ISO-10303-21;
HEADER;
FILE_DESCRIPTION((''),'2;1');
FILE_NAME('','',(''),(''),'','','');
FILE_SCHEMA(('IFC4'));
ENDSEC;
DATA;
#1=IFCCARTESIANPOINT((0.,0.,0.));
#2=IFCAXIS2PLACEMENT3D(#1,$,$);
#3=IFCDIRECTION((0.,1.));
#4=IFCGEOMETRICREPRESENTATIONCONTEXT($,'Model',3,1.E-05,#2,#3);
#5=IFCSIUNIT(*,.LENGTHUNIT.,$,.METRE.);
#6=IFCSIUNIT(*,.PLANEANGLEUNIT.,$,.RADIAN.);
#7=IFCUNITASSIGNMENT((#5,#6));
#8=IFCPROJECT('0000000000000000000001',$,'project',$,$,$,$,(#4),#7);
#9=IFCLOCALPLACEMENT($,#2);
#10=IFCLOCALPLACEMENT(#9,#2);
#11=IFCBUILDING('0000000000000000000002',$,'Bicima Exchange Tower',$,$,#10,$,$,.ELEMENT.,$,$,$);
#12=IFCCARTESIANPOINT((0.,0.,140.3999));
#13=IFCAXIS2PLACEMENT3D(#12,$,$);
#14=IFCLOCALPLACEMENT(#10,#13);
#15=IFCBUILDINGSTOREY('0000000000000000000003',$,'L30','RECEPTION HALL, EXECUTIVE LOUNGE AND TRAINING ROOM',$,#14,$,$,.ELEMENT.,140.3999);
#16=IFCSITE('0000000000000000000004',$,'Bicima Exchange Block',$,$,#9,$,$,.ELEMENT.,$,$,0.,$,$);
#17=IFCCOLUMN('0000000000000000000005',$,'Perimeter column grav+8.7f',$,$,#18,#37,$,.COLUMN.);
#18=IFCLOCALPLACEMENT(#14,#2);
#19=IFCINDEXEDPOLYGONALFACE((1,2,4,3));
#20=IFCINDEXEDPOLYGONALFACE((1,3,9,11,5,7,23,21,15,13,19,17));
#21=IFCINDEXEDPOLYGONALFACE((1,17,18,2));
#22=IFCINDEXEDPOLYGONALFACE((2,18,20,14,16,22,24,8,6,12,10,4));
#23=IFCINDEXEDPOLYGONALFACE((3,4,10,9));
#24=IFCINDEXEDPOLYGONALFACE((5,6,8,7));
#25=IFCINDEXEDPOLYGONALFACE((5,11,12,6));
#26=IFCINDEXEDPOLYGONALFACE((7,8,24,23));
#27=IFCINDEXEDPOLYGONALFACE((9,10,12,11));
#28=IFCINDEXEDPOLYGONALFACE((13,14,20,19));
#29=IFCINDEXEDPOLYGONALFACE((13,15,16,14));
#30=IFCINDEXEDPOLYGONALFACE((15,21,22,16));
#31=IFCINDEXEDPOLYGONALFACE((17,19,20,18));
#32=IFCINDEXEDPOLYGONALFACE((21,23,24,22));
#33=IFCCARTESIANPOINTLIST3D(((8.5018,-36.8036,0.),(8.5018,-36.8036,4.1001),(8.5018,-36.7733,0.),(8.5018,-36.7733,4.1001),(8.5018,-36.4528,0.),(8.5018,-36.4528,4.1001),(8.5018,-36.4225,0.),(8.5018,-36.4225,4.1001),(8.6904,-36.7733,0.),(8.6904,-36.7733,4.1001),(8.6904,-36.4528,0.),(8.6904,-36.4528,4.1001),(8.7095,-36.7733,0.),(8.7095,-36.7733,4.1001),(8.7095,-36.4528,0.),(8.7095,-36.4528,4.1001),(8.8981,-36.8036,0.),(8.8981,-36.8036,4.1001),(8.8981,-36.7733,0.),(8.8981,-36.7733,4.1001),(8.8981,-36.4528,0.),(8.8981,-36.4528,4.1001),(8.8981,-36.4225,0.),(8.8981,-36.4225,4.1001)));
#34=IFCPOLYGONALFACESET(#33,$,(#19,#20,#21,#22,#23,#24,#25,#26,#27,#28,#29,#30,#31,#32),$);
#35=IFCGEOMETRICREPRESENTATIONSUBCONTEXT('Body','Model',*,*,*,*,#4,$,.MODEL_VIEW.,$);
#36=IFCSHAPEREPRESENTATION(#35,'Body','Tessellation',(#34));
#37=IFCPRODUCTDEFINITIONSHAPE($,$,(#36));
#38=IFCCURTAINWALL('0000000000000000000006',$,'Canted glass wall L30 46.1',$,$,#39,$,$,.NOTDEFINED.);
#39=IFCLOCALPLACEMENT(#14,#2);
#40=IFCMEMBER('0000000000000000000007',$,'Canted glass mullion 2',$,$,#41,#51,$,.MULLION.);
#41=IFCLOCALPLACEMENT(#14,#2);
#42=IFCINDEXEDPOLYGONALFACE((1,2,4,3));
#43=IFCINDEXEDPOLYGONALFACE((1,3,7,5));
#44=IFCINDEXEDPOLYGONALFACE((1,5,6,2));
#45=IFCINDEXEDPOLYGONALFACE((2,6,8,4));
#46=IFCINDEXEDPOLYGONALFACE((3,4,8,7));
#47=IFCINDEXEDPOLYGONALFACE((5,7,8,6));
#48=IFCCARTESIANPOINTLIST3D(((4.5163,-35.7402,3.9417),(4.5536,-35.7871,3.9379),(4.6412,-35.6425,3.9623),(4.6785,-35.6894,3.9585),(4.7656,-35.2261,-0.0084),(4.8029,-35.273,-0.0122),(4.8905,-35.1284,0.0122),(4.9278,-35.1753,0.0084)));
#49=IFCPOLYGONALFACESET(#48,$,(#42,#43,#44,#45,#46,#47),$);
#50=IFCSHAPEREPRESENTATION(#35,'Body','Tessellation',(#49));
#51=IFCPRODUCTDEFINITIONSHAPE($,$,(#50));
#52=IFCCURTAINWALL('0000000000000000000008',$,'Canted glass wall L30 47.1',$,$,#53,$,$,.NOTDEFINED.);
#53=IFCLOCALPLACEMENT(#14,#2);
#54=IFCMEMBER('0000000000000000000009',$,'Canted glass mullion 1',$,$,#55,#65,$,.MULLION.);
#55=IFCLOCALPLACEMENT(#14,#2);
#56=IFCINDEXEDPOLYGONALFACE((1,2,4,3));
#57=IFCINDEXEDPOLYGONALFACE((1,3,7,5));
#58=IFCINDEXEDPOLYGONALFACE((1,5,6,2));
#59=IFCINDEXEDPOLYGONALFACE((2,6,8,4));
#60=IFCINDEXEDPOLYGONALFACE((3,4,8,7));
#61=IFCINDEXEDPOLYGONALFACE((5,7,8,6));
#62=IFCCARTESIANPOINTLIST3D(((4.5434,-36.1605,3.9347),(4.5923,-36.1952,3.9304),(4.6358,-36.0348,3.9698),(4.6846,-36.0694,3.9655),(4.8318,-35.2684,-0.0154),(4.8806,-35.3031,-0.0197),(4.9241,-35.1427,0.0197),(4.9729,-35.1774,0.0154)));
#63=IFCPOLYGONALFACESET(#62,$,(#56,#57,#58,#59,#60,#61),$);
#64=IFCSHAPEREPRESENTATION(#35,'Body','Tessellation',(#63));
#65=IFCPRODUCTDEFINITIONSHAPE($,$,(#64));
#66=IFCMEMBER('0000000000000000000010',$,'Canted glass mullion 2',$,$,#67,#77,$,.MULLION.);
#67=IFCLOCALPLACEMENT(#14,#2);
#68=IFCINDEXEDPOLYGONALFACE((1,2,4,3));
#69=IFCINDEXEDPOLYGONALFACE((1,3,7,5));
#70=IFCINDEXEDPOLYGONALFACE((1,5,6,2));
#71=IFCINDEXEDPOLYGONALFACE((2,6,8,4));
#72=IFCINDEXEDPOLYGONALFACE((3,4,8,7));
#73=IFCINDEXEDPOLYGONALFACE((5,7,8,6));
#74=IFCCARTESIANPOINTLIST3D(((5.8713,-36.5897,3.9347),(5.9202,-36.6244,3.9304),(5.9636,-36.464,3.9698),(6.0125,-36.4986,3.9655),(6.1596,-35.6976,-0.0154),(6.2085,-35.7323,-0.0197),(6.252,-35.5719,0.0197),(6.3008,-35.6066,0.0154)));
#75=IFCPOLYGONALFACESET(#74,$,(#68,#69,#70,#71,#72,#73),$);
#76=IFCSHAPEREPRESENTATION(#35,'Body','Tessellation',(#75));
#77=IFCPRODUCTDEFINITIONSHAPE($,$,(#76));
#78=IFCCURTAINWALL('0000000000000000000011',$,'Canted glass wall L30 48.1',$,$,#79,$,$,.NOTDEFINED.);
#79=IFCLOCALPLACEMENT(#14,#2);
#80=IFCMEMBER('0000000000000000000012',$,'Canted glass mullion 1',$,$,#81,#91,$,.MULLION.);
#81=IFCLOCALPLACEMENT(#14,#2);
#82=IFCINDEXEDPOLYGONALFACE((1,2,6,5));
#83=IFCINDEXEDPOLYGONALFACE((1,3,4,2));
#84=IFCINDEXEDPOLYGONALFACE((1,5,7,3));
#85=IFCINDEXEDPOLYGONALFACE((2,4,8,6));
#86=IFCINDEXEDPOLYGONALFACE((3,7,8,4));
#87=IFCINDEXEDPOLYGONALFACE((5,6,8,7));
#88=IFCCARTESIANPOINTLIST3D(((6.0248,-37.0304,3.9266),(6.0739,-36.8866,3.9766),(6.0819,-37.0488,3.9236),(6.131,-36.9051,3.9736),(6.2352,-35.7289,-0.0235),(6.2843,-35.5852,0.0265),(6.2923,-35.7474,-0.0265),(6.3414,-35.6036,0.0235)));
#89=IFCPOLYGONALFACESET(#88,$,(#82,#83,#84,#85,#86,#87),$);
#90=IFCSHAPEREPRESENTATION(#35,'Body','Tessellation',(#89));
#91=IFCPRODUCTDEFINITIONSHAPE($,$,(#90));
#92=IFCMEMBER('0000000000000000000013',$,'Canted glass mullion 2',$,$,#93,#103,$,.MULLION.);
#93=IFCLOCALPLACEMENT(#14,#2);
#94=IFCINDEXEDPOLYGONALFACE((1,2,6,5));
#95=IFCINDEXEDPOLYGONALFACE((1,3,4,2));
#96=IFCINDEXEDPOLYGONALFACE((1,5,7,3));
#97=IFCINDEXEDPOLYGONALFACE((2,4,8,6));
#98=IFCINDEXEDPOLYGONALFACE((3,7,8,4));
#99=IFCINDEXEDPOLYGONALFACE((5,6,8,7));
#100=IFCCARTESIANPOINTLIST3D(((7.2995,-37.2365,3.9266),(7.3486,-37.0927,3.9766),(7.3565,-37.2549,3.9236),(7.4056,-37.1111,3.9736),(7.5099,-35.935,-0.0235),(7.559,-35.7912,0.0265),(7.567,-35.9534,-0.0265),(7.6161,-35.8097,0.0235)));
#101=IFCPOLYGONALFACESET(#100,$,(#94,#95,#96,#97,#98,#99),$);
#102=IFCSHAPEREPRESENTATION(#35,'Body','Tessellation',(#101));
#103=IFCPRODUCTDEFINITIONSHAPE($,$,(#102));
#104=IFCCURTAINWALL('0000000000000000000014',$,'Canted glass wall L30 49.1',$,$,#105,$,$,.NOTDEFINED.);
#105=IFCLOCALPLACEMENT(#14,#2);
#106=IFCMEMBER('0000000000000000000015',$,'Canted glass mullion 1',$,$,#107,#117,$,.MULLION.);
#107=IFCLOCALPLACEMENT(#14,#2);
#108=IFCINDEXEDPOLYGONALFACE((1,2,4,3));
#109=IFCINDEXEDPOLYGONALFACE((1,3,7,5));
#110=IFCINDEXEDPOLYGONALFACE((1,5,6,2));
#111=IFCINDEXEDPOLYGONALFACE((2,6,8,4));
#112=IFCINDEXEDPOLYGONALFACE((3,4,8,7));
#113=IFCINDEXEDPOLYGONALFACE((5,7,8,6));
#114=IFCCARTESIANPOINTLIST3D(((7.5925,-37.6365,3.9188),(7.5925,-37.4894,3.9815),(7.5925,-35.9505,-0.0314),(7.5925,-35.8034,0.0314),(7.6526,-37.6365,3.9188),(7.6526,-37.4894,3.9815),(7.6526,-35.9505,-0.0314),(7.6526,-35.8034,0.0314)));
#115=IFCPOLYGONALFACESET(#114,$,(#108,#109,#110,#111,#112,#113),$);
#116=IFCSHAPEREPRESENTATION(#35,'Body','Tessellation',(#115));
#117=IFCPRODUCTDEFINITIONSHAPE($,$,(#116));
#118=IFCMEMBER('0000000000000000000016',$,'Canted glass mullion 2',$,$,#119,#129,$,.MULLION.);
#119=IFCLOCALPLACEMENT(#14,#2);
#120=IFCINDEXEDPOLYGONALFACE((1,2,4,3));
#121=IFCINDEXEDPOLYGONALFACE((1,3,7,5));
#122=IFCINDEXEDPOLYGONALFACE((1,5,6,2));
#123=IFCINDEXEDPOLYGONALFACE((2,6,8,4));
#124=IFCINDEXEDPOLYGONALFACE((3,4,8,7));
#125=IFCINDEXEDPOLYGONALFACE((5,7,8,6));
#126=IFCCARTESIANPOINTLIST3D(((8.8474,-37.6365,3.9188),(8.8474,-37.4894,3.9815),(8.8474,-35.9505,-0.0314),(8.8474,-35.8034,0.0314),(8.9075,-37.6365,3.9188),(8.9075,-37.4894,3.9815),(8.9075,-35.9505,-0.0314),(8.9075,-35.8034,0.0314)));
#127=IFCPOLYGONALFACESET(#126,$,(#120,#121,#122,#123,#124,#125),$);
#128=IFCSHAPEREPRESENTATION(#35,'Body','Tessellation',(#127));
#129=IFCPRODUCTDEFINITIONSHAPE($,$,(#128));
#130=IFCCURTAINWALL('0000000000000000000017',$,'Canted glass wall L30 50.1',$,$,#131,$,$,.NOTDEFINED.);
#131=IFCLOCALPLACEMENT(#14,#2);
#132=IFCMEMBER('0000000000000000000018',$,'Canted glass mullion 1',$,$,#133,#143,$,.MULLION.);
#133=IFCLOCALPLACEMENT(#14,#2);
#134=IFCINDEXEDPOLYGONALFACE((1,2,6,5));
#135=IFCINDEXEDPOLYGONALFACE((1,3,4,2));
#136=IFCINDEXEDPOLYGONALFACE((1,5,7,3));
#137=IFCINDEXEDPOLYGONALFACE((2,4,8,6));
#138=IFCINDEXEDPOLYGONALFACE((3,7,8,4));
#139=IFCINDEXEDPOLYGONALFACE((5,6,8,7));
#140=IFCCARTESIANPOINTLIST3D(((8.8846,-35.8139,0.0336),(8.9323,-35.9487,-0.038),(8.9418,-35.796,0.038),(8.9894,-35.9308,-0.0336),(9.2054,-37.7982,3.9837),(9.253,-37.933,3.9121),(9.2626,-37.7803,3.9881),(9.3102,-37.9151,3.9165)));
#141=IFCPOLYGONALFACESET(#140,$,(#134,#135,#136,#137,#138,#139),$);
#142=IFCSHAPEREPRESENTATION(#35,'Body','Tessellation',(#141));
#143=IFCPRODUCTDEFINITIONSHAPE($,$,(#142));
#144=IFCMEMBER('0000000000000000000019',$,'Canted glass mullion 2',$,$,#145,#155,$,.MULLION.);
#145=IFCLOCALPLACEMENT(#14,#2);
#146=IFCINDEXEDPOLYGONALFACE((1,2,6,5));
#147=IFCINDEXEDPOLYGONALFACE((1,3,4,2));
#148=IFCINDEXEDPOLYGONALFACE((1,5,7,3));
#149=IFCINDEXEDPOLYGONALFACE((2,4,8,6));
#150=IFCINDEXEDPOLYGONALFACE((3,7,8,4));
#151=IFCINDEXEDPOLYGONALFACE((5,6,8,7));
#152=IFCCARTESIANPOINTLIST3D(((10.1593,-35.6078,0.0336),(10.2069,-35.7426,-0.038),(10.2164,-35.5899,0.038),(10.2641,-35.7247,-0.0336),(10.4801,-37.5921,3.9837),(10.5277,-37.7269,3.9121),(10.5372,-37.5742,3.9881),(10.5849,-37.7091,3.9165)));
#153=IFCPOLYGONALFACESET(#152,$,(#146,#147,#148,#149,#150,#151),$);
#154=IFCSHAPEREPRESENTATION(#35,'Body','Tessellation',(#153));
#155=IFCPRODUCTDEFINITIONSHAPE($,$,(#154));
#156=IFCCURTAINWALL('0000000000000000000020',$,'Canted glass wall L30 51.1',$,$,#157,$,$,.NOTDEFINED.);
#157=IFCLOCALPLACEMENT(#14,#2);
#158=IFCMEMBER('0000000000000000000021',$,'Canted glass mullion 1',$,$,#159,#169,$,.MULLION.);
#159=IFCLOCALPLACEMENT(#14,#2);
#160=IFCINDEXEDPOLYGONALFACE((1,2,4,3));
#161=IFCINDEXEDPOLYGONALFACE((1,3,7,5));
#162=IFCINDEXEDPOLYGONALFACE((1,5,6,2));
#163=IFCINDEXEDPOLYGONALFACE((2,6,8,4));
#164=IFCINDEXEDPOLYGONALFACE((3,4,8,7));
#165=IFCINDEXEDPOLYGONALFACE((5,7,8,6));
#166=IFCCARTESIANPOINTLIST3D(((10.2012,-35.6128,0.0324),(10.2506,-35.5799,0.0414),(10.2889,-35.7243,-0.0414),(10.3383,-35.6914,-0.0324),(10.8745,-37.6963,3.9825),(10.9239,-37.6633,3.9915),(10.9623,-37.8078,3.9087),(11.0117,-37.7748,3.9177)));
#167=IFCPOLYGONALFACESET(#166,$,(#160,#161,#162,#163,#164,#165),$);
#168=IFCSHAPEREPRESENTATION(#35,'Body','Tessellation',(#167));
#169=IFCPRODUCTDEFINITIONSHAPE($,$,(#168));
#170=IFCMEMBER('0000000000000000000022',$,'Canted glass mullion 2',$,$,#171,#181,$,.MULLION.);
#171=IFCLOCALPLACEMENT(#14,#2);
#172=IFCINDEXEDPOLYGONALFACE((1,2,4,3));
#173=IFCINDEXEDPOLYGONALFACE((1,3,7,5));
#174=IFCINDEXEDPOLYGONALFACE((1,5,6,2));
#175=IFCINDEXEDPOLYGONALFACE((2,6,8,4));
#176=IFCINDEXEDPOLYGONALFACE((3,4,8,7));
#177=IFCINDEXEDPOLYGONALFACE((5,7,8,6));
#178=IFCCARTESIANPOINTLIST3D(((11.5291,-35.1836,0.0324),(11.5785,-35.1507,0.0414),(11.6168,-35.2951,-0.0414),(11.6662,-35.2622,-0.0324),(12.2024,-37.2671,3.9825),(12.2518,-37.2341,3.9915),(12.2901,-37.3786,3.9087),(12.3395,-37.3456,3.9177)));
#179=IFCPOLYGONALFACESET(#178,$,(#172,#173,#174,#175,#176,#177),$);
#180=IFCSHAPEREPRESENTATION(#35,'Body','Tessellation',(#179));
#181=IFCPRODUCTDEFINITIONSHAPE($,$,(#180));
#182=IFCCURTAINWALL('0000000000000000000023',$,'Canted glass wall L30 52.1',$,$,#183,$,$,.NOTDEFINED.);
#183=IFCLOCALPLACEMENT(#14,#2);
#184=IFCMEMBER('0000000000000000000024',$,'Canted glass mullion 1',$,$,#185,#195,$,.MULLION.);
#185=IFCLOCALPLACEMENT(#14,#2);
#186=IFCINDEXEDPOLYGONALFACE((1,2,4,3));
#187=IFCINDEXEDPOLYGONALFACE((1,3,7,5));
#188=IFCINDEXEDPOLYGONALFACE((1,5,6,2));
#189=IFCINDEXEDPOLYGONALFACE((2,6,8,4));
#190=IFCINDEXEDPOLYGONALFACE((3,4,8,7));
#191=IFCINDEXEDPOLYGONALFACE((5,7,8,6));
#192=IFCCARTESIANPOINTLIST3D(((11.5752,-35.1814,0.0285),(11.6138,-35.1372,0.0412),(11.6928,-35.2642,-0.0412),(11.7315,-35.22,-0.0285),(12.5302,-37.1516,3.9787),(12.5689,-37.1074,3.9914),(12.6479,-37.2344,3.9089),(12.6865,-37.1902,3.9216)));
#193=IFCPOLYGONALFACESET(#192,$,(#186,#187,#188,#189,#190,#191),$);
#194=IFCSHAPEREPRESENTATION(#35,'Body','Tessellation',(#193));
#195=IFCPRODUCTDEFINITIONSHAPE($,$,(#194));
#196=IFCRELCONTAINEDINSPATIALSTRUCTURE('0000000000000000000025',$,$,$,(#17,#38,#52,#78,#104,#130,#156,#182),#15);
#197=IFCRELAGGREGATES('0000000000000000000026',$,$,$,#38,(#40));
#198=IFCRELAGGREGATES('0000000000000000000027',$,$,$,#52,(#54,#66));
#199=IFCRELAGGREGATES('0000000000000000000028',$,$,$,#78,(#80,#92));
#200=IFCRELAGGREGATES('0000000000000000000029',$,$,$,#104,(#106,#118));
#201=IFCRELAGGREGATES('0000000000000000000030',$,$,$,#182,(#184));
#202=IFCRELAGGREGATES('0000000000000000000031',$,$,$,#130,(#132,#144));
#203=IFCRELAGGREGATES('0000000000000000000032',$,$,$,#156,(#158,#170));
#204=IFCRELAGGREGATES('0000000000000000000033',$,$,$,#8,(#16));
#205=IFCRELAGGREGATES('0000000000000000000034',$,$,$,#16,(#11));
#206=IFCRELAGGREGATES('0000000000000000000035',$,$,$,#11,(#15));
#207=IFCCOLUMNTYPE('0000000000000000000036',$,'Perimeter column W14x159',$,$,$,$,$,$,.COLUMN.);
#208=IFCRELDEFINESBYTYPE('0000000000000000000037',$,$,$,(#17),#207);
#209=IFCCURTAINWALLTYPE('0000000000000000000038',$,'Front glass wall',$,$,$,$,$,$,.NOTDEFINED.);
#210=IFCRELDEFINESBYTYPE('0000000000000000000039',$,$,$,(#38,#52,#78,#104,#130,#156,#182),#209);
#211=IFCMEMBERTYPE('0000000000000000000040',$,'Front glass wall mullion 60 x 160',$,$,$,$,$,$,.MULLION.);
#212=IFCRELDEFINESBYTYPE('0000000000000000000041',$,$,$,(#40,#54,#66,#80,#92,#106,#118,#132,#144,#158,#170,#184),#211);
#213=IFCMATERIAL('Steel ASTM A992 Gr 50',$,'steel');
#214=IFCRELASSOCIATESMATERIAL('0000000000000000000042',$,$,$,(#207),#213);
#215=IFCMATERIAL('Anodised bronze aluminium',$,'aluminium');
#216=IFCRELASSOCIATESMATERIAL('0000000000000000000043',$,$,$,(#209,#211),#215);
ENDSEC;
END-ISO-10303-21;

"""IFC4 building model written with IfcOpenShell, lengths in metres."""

from ifc_helpers import new_model, si_unit, direction, frame, origin, origin_2d, place, context, subcontext, project, spatial, rectangle, i_section, extrude, material, material_profile, profile_set, type_object, element, aggregate, save


model = new_model("IFC4")

# Units and contexts
model_context = context("Model", 3, precision=1e-05, world=origin(), true_north=direction((0.0, 1.0)))
body_context = subcontext(model_context, "Body", "Model", "MODEL_VIEW")
ifc_project = project(units=[si_unit("LENGTHUNIT", "METRE"), si_unit("PLANEANGLEUNIT", "RADIAN")], contexts=[model_context])

# Site, building, storey
site_placement = place(None, origin())
site = spatial("IfcSite", under=ifc_project, at=site_placement, Name="Bicima Exchange Block", CompositionType="ELEMENT", RefElevation=0.0)
building_placement = place(site_placement, origin())
building = spatial("IfcBuilding", under=site, at=building_placement, Name="Bicima Exchange Tower", CompositionType="ELEMENT")
storey_placement = place(building_placement, frame((0.0, 0.0, 140.3999)))
storey = spatial("IfcBuildingStorey", under=building, at=storey_placement, Name="L30", Description="RECEPTION HALL, EXECUTIVE LOUNGE AND TRAINING ROOM", CompositionType="ELEMENT", Elevation=140.3999)

# Column
ifc_material_1 = material(Name="Steel ASTM A992 Gr 50", Category="steel")
ifc_material_profile_1 = material_profile(ifc_material_1, i_section(OverallWidth=0.3962, OverallDepth=0.3811, WebThickness=0.019, FlangeThickness=0.0303, at=origin_2d()))
ifc_profile_set_1 = profile_set([ifc_material_profile_1], Name="Steel ASTM A992 Gr 50")
column_type = type_object("IfcColumnType", Name="Perimeter column W14x159", PredefinedType="COLUMN", material=ifc_profile_set_1)
column_placement = place(storey_placement, frame((8.7, -36.613, 0.0), z_axis=(0.0, 0.0, 1.0), x_axis=(1.0, 0.0, 0.0)))
element("IfcColumn", 1, at=column_placement, inside=storey, type_object=column_type, Name="Perimeter column grav+8.7f", PredefinedType="COLUMN", context=body_context, shape_type="SweptSolid", body=[
    extrude(i_section(OverallWidth=0.3962, OverallDepth=0.3811, WebThickness=0.019, FlangeThickness=0.0303, at=origin_2d()), origin(), (0.0, 0.0, 1.0), 4.1001),
])

# Curtain wall, member
ifc_material_2 = material(Name="Anodised bronze aluminium", Category="aluminium")
curtain_wall_type = type_object("IfcCurtainWallType", Name="Front glass wall", PredefinedType="NOTDEFINED", material=ifc_material_2)
curtain_wall_1_placement = place(storey_placement, origin())
curtain_wall_1 = element("IfcCurtainWall", 2, at=curtain_wall_1_placement, inside=storey, type_object=curtain_wall_type, Name="Canted glass wall L30 46.1", PredefinedType="NOTDEFINED")
ifc_material_profile_2 = material_profile(ifc_material_2, rectangle(XDim=0.1599, YDim=0.0601, at=origin_2d()))
ifc_profile_set_2 = profile_set([ifc_material_profile_2], Name="Anodised bronze aluminium")
member_type_1 = type_object("IfcMemberType", Name="Front glass wall mullion 60 x 160", PredefinedType="MULLION", material=ifc_profile_set_2)
member_1_placement = place(storey_placement, frame((4.8467, -35.2007, 0.0), z_axis=(-0.062453, -0.12882, 0.989699), x_axis=(0.781052, 0.611035, 0.128819)))
member_1 = element("IfcMember", 3, at=member_1_placement, type_object=member_type_1, Name="Canted glass mullion 2", PredefinedType="MULLION", context=body_context, shape_type="SweptSolid", body=[
    extrude(rectangle(XDim=0.1599, YDim=0.0601, at=origin_2d()), origin(), (0.0, 0.0, 1.0), 3.9912),
])
aggregate(curtain_wall_1, [member_1])

# Curtain walls, members
curtain_wall_2_placement = place(storey_placement, origin())
curtain_wall_2 = element("IfcCurtainWall", 4, at=curtain_wall_2_placement, inside=storey, type_object=curtain_wall_type, Name="Canted glass wall L30 47.1", PredefinedType="NOTDEFINED")
member_2_placement = place(storey_placement, frame((4.9023, -35.2229, 0.0), z_axis=(-0.071019, -0.219731, 0.972972), x_axis=(0.577403, 0.786337, 0.219727)))
member_2 = element("IfcMember", 5, at=member_2_placement, type_object=member_type_1, Name="Canted glass mullion 1", PredefinedType="MULLION", context=body_context, shape_type="SweptSolid", body=[
    extrude(rectangle(XDim=0.1599, YDim=0.0601, at=origin_2d()), origin(), (0.0, 0.0, 1.0), 4.0598),
])
member_3_placement = place(storey_placement, frame((6.2302, -35.6521, 0.0), z_axis=(-0.071019, -0.219731, 0.972972), x_axis=(0.577403, 0.786337, 0.219727)))
member_3 = element("IfcMember", 6, at=member_3_placement, type_object=member_type_1, Name="Canted glass mullion 2", PredefinedType="MULLION", context=body_context, shape_type="SweptSolid", body=[
    extrude(rectangle(XDim=0.1599, YDim=0.0601, at=origin_2d()), origin(), (0.0, 0.0, 1.0), 4.0598),
])
curtain_wall_3_placement = place(storey_placement, origin())
curtain_wall_3 = element("IfcCurtainWall", 7, at=curtain_wall_3_placement, inside=storey, type_object=curtain_wall_type, Name="Canted glass wall L30 48.1", PredefinedType="NOTDEFINED")
member_4_placement = place(storey_placement, frame((6.2883, -35.6663, 0.0), z_axis=(-0.050535, -0.312533, 0.948562), x_axis=(0.306995, 0.89893, 0.312536)))
member_4 = element("IfcMember", 8, at=member_4_placement, type_object=member_type_1, Name="Canted glass mullion 1", PredefinedType="MULLION", context=body_context, shape_type="SweptSolid", body=[
    extrude(rectangle(XDim=0.1599, YDim=0.0601, at=origin_2d()), origin(), (0.0, 0.0, 1.0), 4.1643),
])
member_5_placement = place(storey_placement, frame((7.563, -35.8723, 0.0), z_axis=(-0.050535, -0.312533, 0.948562), x_axis=(0.306995, 0.89893, 0.312536)))
member_5 = element("IfcMember", 9, at=member_5_placement, type_object=member_type_1, Name="Canted glass mullion 2", PredefinedType="MULLION", context=body_context, shape_type="SweptSolid", body=[
    extrude(rectangle(XDim=0.1599, YDim=0.0601, at=origin_2d()), origin(), (0.0, 0.0, 1.0), 4.1643),
])
curtain_wall_4_placement = place(storey_placement, origin())
curtain_wall_4 = element("IfcCurtainWall", 10, at=curtain_wall_4_placement, inside=storey, type_object=curtain_wall_type, Name="Canted glass wall L30 49.1", PredefinedType="NOTDEFINED")
member_6_placement = place(storey_placement, frame((7.6226, -35.877, 0.0), z_axis=(0.0, -0.392561, 0.919726), x_axis=(0.0, 0.919726, 0.392561)))
member_6 = element("IfcMember", 11, at=member_6_placement, type_object=member_type_1, Name="Canted glass mullion 1", PredefinedType="MULLION", context=body_context, shape_type="SweptSolid", body=[
    extrude(rectangle(XDim=0.1599, YDim=0.0601, at=origin_2d()), origin(), (0.0, 0.0, 1.0), 4.2949),
])
member_7_placement = place(storey_placement, frame((8.8774, -35.877, 0.0), z_axis=(0.0, -0.392561, 0.919726), x_axis=(0.0, 0.919726, 0.392561)))
member_7 = element("IfcMember", 12, at=member_7_placement, type_object=member_type_1, Name="Canted glass mullion 2", PredefinedType="MULLION", context=body_context, shape_type="SweptSolid", body=[
    extrude(rectangle(XDim=0.1599, YDim=0.0601, at=origin_2d()), origin(), (0.0, 0.0, 1.0), 4.2949),
])
curtain_wall_5_placement = place(storey_placement, origin())
curtain_wall_5 = element("IfcCurtainWall", 13, at=curtain_wall_5_placement, inside=storey, type_object=curtain_wall_type, Name="Canted glass wall L30 50.1", PredefinedType="NOTDEFINED")
member_8_placement = place(storey_placement, frame((8.937, -35.8723, 0.0), z_axis=(0.072379, -0.447714, 0.891242), x_axis=(-0.297936, 0.84308, 0.447716)))
member_8 = element("IfcMember", 14, at=member_8_placement, type_object=member_type_1, Name="Canted glass mullion 1", PredefinedType="MULLION", context=body_context, shape_type="SweptSolid", body=[
    extrude(rectangle(XDim=0.1599, YDim=0.0601, at=origin_2d()), origin(), (0.0, 0.0, 1.0), 4.4321),
])
member_9_placement = place(storey_placement, frame((10.2117, -35.6663, 0.0), z_axis=(0.072379, -0.447714, 0.891242), x_axis=(-0.297936, 0.84308, 0.447716)))
member_9 = element("IfcMember", 15, at=member_9_placement, type_object=member_type_1, Name="Canted glass mullion 2", PredefinedType="MULLION", context=body_context, shape_type="SweptSolid", body=[
    extrude(rectangle(XDim=0.1599, YDim=0.0601, at=origin_2d()), origin(), (0.0, 0.0, 1.0), 4.4321),
])
curtain_wall_6_placement = place(storey_placement, origin())
curtain_wall_6 = element("IfcCurtainWall", 16, at=curtain_wall_6_placement, inside=storey, type_object=curtain_wall_type, Name="Canted glass wall L30 51.1", PredefinedType="NOTDEFINED")
member_10_placement = place(storey_placement, frame((10.2698, -35.6521, 0.0), z_axis=(0.149086, -0.461312, 0.874623), x_axis=(-0.548603, 0.697306, 0.461301)))
member_10 = element("IfcMember", 17, at=member_10_placement, type_object=member_type_1, Name="Canted glass mullion 1", PredefinedType="MULLION", context=body_context, shape_type="SweptSolid", body=[
    extrude(rectangle(XDim=0.1599, YDim=0.0601, at=origin_2d()), origin(), (0.0, 0.0, 1.0), 4.5164),
])
member_11_placement = place(storey_placement, frame((11.5977, -35.2229, 0.0), z_axis=(0.149086, -0.461312, 0.874623), x_axis=(-0.548603, 0.697306, 0.461301)))
member_11 = element("IfcMember", 18, at=member_11_placement, type_object=member_type_1, Name="Canted glass mullion 2", PredefinedType="MULLION", context=body_context, shape_type="SweptSolid", body=[
    extrude(rectangle(XDim=0.1599, YDim=0.0601, at=origin_2d()), origin(), (0.0, 0.0, 1.0), 4.5164),
])

# Curtain wall, member
curtain_wall_7_placement = place(storey_placement, origin())
curtain_wall_7 = element("IfcCurtainWall", 19, at=curtain_wall_7_placement, inside=storey, type_object=curtain_wall_type, Name="Canted glass wall L30 52.1", PredefinedType="NOTDEFINED")
member_12_placement = place(storey_placement, frame((11.6533, -35.2007, 0.0), z_axis=(0.211468, -0.436235, 0.874632), x_axis=(-0.735863, 0.517894, 0.436224)))
member_12 = element("IfcMember", 20, at=member_12_placement, type_object=member_type_1, Name="Canted glass mullion 1", PredefinedType="MULLION", context=body_context, shape_type="SweptSolid", body=[
    extrude(rectangle(XDim=0.1599, YDim=0.0601, at=origin_2d()), origin(), (0.0, 0.0, 1.0), 4.5164),
])

aggregate(curtain_wall_2, [member_2, member_3])
aggregate(curtain_wall_3, [member_4, member_5])
aggregate(curtain_wall_4, [member_6, member_7])
aggregate(curtain_wall_7, [member_12])
aggregate(curtain_wall_5, [member_8, member_9])
aggregate(curtain_wall_6, [member_10, member_11])

save(model, "model.ifc")
